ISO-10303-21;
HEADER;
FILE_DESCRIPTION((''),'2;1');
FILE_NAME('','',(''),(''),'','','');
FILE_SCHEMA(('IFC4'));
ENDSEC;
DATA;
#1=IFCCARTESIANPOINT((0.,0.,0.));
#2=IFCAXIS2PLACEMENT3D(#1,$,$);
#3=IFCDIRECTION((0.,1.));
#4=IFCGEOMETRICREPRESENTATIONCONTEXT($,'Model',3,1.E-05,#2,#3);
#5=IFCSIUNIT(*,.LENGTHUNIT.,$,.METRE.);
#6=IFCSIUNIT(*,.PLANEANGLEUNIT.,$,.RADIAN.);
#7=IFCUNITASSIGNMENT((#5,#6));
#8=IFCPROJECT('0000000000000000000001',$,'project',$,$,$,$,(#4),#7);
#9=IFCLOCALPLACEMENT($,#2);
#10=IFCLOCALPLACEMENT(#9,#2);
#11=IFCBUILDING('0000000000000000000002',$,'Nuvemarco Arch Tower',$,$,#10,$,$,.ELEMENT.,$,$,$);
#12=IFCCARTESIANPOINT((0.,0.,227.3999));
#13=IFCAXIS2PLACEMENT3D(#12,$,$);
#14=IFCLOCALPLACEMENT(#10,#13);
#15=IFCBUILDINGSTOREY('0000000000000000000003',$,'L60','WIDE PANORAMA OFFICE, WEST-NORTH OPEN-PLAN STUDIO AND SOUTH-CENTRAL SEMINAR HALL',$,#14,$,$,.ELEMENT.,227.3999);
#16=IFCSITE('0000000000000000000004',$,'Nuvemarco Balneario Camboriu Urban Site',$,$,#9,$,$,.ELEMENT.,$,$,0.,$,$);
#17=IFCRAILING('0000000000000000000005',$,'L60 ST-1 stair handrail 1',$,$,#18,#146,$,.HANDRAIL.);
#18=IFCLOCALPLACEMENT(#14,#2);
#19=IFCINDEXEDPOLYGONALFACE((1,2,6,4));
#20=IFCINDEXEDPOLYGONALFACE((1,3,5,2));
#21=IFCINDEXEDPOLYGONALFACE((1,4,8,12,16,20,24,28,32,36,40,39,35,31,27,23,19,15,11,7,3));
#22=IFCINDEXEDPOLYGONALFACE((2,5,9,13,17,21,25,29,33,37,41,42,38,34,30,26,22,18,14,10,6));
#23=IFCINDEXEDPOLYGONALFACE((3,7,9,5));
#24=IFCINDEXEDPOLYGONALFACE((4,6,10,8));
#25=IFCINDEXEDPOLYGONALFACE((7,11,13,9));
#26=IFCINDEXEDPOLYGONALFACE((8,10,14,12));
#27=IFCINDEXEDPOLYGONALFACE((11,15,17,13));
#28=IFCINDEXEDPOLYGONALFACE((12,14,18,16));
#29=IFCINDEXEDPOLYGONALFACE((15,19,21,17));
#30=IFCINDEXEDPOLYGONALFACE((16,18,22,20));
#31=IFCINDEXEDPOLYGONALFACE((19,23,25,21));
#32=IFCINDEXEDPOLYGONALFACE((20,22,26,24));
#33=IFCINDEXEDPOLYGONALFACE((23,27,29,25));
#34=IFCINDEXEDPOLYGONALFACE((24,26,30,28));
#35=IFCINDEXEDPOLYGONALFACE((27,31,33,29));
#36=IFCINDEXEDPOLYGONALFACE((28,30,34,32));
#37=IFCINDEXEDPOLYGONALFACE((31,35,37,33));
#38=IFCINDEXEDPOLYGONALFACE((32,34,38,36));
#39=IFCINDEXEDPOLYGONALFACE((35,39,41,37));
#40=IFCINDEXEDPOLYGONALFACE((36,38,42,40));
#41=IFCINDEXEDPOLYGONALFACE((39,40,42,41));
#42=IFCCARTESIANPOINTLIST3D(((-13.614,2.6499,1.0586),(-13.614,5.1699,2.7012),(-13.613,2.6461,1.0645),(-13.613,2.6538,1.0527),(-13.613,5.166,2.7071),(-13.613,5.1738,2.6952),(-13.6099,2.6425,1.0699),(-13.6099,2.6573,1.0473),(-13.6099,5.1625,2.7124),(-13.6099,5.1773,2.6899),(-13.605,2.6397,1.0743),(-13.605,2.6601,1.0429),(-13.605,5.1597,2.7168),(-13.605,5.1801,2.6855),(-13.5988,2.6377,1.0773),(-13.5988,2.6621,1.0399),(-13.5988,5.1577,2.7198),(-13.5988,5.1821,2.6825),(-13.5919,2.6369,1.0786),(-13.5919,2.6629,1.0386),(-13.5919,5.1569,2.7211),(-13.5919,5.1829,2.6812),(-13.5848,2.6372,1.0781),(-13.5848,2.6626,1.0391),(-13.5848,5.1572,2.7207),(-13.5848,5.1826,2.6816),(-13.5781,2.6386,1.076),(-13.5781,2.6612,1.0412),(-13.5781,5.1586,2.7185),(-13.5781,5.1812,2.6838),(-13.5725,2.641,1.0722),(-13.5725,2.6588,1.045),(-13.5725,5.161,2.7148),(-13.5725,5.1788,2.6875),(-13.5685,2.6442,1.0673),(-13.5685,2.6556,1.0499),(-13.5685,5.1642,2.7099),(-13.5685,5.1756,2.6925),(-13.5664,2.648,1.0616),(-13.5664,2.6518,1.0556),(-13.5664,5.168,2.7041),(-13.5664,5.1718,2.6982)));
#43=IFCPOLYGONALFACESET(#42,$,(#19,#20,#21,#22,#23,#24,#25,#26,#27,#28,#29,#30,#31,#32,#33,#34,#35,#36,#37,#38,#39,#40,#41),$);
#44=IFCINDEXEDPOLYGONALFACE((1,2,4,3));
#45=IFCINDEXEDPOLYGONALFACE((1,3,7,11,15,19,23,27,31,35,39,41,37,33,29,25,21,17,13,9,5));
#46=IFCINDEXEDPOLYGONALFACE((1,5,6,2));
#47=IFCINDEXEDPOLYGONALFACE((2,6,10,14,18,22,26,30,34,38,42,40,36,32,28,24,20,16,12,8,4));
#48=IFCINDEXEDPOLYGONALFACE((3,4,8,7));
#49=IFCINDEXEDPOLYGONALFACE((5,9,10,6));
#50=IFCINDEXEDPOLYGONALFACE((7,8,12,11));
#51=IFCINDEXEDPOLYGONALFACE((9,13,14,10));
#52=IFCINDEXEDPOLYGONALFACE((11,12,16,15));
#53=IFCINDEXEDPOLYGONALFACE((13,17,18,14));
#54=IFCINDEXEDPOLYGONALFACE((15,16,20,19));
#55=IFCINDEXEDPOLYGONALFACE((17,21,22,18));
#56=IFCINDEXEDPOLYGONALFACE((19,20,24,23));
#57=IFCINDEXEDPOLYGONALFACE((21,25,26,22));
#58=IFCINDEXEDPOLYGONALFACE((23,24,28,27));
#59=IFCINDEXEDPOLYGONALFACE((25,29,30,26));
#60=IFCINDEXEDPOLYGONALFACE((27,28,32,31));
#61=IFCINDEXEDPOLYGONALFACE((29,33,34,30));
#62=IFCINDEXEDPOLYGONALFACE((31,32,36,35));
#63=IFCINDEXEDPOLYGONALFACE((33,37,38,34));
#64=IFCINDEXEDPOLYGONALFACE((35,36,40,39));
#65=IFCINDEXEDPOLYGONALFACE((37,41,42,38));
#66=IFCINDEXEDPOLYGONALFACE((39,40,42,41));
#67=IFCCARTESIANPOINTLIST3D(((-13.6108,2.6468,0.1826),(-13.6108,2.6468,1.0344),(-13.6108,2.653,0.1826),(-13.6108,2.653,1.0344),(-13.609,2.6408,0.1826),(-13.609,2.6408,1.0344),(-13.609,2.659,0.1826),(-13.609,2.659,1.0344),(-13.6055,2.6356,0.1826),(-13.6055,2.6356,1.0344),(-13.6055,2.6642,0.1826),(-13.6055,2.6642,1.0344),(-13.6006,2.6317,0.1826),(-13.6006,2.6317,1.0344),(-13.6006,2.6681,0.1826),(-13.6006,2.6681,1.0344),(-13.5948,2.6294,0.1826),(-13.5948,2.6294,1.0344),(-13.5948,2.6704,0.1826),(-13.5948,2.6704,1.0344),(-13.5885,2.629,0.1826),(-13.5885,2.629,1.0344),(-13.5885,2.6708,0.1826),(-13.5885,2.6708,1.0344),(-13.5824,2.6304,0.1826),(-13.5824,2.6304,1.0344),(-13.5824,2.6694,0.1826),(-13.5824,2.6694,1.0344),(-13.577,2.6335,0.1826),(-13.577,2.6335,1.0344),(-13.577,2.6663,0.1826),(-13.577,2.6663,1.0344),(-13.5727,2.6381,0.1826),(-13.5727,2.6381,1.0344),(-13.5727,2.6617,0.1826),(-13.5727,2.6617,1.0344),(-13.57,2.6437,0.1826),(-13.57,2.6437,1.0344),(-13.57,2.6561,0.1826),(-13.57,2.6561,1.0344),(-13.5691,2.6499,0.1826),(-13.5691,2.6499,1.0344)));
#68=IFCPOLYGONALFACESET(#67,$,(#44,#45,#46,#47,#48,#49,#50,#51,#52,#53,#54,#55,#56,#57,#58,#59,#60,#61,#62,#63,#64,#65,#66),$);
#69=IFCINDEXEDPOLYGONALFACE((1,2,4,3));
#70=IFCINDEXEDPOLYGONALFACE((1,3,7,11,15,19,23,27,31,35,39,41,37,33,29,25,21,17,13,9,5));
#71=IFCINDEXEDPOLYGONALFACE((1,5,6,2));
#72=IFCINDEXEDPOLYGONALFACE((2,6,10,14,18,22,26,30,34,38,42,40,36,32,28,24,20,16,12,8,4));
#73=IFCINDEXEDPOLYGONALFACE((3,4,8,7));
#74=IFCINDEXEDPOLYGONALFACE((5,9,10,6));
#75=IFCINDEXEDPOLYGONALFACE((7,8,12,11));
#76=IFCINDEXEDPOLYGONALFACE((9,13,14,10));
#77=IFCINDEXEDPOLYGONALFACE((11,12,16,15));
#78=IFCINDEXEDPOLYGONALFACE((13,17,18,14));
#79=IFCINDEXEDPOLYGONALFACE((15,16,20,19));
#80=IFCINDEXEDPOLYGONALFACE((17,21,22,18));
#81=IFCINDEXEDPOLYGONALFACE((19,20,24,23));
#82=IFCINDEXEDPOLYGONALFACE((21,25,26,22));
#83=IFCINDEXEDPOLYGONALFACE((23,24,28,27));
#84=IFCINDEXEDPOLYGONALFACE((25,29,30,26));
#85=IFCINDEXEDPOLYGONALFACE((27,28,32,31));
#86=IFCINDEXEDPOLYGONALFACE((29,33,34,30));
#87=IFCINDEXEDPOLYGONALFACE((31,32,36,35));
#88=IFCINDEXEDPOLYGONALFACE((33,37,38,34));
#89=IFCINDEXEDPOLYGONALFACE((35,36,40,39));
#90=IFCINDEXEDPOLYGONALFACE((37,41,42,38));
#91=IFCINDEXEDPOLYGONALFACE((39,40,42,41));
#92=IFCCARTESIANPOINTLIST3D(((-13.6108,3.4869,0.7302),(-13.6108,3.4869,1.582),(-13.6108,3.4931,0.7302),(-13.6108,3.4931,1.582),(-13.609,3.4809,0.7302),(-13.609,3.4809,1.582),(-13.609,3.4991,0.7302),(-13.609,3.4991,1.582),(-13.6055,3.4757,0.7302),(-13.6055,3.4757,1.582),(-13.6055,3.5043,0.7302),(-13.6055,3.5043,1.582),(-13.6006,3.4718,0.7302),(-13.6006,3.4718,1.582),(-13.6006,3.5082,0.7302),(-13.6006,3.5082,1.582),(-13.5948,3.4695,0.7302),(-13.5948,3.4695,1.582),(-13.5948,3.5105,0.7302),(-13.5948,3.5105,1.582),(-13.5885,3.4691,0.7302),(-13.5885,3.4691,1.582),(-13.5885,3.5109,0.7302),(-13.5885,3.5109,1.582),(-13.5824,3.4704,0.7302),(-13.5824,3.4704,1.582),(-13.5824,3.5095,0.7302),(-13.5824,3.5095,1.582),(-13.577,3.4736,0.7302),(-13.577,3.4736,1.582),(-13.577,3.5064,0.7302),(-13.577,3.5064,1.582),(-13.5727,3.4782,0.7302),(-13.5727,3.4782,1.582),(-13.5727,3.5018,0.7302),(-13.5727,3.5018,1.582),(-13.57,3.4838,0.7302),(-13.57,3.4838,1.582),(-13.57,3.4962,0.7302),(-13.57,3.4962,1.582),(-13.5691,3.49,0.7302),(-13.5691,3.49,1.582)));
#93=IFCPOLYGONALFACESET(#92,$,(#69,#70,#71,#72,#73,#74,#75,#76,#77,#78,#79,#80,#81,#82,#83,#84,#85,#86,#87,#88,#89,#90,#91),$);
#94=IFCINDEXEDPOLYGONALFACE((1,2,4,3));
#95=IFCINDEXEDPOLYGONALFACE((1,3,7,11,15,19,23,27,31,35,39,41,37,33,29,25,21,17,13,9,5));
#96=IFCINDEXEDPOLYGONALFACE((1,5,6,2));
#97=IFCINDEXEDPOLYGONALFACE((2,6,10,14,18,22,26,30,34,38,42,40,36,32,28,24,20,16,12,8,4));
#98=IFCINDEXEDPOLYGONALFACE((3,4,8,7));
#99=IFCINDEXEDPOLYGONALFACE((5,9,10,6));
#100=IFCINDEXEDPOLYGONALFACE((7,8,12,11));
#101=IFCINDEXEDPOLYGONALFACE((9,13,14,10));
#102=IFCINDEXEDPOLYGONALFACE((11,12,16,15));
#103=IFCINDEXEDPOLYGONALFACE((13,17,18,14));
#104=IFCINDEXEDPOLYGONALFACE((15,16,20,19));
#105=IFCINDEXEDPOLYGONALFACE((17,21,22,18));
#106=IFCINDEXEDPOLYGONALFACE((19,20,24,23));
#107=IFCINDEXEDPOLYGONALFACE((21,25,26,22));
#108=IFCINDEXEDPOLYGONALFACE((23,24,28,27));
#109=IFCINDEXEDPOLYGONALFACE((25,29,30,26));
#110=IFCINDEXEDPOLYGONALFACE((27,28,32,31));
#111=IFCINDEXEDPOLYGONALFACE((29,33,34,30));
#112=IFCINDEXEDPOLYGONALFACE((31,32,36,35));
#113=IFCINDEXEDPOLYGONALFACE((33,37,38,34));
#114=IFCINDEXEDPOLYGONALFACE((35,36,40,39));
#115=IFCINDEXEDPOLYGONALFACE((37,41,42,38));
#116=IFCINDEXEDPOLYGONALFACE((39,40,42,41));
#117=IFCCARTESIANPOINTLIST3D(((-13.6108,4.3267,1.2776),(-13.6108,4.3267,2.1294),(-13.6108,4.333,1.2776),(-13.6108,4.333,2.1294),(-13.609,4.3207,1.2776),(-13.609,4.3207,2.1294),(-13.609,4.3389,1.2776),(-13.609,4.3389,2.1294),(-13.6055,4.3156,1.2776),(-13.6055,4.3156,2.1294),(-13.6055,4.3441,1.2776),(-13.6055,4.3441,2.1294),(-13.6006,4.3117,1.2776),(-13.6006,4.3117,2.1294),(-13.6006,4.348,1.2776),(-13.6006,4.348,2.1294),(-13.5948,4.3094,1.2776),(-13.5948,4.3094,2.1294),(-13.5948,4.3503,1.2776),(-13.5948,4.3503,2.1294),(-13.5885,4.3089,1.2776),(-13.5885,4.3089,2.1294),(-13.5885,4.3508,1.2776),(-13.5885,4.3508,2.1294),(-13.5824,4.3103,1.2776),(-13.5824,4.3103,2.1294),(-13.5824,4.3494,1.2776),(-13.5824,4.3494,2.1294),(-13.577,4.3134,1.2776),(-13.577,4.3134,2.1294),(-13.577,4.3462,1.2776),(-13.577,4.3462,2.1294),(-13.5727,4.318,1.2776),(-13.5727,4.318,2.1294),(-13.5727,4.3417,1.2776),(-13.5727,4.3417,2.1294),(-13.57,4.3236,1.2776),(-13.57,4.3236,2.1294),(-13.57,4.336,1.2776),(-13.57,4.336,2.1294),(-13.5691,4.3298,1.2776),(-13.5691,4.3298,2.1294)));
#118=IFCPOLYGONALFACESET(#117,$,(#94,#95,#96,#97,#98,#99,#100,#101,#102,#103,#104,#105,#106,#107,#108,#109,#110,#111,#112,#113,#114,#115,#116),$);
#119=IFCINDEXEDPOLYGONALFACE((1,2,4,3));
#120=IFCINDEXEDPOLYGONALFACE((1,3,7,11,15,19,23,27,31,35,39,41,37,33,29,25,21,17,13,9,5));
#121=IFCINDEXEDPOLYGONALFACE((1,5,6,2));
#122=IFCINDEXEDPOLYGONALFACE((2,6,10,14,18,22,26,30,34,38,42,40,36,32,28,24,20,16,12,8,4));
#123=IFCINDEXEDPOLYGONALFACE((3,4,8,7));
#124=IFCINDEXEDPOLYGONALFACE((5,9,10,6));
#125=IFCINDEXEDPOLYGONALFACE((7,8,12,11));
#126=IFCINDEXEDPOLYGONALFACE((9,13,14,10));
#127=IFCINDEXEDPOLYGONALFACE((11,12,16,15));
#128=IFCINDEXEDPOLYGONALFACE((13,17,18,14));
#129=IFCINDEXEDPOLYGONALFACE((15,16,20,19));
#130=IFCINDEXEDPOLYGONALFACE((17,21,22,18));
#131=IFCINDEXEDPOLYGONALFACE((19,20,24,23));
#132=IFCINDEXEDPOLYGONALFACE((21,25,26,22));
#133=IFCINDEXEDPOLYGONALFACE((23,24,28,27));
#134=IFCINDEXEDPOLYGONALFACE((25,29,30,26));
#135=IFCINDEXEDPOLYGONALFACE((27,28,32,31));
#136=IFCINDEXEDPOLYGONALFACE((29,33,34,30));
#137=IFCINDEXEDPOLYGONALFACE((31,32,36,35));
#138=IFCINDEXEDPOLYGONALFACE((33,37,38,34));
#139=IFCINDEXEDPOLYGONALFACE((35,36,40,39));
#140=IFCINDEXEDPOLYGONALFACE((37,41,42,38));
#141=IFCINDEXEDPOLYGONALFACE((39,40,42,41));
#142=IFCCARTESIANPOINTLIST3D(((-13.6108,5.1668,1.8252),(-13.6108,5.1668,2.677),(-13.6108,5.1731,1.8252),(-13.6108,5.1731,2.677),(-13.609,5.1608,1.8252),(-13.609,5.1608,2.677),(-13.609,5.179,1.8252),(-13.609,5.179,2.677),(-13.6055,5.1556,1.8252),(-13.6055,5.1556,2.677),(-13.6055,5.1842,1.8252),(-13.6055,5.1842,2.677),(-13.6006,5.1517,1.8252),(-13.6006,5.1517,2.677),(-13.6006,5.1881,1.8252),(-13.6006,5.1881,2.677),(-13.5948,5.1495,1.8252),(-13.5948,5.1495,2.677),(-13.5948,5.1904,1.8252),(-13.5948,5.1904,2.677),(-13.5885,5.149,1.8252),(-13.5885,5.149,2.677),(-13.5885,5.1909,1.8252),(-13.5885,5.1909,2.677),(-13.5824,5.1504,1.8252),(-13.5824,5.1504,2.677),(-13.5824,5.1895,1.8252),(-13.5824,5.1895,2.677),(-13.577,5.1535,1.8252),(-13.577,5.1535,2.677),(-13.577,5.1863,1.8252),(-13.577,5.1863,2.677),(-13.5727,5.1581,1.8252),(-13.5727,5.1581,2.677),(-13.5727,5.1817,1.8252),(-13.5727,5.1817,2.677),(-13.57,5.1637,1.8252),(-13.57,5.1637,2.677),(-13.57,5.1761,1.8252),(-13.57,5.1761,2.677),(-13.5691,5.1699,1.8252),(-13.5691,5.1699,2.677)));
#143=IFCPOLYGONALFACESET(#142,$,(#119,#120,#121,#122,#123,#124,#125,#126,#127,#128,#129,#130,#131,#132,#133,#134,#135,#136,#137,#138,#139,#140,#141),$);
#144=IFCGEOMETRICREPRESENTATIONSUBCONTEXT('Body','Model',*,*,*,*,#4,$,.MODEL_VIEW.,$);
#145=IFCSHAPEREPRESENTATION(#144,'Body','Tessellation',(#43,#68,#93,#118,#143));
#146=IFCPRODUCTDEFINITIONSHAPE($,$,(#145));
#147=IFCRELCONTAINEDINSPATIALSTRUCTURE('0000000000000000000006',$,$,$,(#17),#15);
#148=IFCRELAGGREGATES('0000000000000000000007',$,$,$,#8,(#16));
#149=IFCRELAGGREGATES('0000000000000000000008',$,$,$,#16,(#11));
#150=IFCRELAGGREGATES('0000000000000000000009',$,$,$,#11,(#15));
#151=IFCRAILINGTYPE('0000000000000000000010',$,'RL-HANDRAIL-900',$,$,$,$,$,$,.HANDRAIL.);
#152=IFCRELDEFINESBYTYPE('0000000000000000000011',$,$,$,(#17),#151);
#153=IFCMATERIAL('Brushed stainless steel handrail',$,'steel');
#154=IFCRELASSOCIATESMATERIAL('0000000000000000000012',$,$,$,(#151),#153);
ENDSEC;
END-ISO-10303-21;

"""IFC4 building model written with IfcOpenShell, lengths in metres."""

from ifc_helpers import new_model, si_unit, direction, frame, origin, origin_2d, place, context, subcontext, project, spatial, circle, extrude, material, type_object, element, save


model = new_model("IFC4")

# Units and contexts
model_context = context("Model", 3, precision=1e-05, world=origin(), true_north=direction((0.0, 1.0)))
body_context = subcontext(model_context, "Body", "Model", "MODEL_VIEW")
ifc_project = project(units=[si_unit("LENGTHUNIT", "METRE"), si_unit("PLANEANGLEUNIT", "RADIAN")], contexts=[model_context])

# Site, building, storey
site_placement = place(None, origin())
site = spatial("IfcSite", under=ifc_project, at=site_placement, Name="Nuvemarco Balneario Camboriu Urban Site", CompositionType="ELEMENT", RefElevation=0.0)
building_placement = place(site_placement, origin())
building = spatial("IfcBuilding", under=site, at=building_placement, Name="Nuvemarco Arch Tower", CompositionType="ELEMENT")
storey_placement = place(building_placement, frame((0.0, 0.0, 227.3999)))
storey = spatial("IfcBuildingStorey", under=building, at=storey_placement, Name="L60", Description="WIDE PANORAMA OFFICE, WEST-NORTH OPEN-PLAN STUDIO AND SOUTH-CENTRAL SEMINAR HALL", CompositionType="ELEMENT", Elevation=227.3999)

# Railing
ifc_material_1 = material(Name="Brushed stainless steel handrail", Category="steel")
railing_type_1 = type_object("IfcRailingType", Name="RL-HANDRAIL-900", PredefinedType="HANDRAIL", material=ifc_material_1)
railing_1_placement = place(storey_placement, frame((-13.5901, 2.6499, 0.1826)))
element("IfcRailing", 1, at=railing_1_placement, inside=storey, type_object=railing_type_1, Name="L60 ST-1 stair handrail 1", PredefinedType="HANDRAIL", context=body_context, shape_type="SweptSolid", body=[
    extrude(circle(Radius=0.0239, at=origin_2d()), frame((0.0, 0.0, 0.876), z_axis=(0.0, 0.837749, 0.546055), x_axis=(-1.0, 0.0, 0.0)), (0.0, 0.0, 1.0), 3.0081),
    extrude(circle(Radius=0.021, at=origin_2d()), origin(), (0.0, 0.0, 1.0), 0.8518),
    extrude(circle(Radius=0.021, at=origin_2d()), frame((0.0, 0.8401, 0.5476)), (0.0, 0.0, 1.0), 0.8518),
    extrude(circle(Radius=0.021, at=origin_2d()), frame((0.0, 1.6799, 1.095)), (0.0, 0.0, 1.0), 0.8518),
    extrude(circle(Radius=0.021, at=origin_2d()), frame((0.0, 2.52, 1.6426)), (0.0, 0.0, 1.0), 0.8518),
])

save(model, "model.ifc")
